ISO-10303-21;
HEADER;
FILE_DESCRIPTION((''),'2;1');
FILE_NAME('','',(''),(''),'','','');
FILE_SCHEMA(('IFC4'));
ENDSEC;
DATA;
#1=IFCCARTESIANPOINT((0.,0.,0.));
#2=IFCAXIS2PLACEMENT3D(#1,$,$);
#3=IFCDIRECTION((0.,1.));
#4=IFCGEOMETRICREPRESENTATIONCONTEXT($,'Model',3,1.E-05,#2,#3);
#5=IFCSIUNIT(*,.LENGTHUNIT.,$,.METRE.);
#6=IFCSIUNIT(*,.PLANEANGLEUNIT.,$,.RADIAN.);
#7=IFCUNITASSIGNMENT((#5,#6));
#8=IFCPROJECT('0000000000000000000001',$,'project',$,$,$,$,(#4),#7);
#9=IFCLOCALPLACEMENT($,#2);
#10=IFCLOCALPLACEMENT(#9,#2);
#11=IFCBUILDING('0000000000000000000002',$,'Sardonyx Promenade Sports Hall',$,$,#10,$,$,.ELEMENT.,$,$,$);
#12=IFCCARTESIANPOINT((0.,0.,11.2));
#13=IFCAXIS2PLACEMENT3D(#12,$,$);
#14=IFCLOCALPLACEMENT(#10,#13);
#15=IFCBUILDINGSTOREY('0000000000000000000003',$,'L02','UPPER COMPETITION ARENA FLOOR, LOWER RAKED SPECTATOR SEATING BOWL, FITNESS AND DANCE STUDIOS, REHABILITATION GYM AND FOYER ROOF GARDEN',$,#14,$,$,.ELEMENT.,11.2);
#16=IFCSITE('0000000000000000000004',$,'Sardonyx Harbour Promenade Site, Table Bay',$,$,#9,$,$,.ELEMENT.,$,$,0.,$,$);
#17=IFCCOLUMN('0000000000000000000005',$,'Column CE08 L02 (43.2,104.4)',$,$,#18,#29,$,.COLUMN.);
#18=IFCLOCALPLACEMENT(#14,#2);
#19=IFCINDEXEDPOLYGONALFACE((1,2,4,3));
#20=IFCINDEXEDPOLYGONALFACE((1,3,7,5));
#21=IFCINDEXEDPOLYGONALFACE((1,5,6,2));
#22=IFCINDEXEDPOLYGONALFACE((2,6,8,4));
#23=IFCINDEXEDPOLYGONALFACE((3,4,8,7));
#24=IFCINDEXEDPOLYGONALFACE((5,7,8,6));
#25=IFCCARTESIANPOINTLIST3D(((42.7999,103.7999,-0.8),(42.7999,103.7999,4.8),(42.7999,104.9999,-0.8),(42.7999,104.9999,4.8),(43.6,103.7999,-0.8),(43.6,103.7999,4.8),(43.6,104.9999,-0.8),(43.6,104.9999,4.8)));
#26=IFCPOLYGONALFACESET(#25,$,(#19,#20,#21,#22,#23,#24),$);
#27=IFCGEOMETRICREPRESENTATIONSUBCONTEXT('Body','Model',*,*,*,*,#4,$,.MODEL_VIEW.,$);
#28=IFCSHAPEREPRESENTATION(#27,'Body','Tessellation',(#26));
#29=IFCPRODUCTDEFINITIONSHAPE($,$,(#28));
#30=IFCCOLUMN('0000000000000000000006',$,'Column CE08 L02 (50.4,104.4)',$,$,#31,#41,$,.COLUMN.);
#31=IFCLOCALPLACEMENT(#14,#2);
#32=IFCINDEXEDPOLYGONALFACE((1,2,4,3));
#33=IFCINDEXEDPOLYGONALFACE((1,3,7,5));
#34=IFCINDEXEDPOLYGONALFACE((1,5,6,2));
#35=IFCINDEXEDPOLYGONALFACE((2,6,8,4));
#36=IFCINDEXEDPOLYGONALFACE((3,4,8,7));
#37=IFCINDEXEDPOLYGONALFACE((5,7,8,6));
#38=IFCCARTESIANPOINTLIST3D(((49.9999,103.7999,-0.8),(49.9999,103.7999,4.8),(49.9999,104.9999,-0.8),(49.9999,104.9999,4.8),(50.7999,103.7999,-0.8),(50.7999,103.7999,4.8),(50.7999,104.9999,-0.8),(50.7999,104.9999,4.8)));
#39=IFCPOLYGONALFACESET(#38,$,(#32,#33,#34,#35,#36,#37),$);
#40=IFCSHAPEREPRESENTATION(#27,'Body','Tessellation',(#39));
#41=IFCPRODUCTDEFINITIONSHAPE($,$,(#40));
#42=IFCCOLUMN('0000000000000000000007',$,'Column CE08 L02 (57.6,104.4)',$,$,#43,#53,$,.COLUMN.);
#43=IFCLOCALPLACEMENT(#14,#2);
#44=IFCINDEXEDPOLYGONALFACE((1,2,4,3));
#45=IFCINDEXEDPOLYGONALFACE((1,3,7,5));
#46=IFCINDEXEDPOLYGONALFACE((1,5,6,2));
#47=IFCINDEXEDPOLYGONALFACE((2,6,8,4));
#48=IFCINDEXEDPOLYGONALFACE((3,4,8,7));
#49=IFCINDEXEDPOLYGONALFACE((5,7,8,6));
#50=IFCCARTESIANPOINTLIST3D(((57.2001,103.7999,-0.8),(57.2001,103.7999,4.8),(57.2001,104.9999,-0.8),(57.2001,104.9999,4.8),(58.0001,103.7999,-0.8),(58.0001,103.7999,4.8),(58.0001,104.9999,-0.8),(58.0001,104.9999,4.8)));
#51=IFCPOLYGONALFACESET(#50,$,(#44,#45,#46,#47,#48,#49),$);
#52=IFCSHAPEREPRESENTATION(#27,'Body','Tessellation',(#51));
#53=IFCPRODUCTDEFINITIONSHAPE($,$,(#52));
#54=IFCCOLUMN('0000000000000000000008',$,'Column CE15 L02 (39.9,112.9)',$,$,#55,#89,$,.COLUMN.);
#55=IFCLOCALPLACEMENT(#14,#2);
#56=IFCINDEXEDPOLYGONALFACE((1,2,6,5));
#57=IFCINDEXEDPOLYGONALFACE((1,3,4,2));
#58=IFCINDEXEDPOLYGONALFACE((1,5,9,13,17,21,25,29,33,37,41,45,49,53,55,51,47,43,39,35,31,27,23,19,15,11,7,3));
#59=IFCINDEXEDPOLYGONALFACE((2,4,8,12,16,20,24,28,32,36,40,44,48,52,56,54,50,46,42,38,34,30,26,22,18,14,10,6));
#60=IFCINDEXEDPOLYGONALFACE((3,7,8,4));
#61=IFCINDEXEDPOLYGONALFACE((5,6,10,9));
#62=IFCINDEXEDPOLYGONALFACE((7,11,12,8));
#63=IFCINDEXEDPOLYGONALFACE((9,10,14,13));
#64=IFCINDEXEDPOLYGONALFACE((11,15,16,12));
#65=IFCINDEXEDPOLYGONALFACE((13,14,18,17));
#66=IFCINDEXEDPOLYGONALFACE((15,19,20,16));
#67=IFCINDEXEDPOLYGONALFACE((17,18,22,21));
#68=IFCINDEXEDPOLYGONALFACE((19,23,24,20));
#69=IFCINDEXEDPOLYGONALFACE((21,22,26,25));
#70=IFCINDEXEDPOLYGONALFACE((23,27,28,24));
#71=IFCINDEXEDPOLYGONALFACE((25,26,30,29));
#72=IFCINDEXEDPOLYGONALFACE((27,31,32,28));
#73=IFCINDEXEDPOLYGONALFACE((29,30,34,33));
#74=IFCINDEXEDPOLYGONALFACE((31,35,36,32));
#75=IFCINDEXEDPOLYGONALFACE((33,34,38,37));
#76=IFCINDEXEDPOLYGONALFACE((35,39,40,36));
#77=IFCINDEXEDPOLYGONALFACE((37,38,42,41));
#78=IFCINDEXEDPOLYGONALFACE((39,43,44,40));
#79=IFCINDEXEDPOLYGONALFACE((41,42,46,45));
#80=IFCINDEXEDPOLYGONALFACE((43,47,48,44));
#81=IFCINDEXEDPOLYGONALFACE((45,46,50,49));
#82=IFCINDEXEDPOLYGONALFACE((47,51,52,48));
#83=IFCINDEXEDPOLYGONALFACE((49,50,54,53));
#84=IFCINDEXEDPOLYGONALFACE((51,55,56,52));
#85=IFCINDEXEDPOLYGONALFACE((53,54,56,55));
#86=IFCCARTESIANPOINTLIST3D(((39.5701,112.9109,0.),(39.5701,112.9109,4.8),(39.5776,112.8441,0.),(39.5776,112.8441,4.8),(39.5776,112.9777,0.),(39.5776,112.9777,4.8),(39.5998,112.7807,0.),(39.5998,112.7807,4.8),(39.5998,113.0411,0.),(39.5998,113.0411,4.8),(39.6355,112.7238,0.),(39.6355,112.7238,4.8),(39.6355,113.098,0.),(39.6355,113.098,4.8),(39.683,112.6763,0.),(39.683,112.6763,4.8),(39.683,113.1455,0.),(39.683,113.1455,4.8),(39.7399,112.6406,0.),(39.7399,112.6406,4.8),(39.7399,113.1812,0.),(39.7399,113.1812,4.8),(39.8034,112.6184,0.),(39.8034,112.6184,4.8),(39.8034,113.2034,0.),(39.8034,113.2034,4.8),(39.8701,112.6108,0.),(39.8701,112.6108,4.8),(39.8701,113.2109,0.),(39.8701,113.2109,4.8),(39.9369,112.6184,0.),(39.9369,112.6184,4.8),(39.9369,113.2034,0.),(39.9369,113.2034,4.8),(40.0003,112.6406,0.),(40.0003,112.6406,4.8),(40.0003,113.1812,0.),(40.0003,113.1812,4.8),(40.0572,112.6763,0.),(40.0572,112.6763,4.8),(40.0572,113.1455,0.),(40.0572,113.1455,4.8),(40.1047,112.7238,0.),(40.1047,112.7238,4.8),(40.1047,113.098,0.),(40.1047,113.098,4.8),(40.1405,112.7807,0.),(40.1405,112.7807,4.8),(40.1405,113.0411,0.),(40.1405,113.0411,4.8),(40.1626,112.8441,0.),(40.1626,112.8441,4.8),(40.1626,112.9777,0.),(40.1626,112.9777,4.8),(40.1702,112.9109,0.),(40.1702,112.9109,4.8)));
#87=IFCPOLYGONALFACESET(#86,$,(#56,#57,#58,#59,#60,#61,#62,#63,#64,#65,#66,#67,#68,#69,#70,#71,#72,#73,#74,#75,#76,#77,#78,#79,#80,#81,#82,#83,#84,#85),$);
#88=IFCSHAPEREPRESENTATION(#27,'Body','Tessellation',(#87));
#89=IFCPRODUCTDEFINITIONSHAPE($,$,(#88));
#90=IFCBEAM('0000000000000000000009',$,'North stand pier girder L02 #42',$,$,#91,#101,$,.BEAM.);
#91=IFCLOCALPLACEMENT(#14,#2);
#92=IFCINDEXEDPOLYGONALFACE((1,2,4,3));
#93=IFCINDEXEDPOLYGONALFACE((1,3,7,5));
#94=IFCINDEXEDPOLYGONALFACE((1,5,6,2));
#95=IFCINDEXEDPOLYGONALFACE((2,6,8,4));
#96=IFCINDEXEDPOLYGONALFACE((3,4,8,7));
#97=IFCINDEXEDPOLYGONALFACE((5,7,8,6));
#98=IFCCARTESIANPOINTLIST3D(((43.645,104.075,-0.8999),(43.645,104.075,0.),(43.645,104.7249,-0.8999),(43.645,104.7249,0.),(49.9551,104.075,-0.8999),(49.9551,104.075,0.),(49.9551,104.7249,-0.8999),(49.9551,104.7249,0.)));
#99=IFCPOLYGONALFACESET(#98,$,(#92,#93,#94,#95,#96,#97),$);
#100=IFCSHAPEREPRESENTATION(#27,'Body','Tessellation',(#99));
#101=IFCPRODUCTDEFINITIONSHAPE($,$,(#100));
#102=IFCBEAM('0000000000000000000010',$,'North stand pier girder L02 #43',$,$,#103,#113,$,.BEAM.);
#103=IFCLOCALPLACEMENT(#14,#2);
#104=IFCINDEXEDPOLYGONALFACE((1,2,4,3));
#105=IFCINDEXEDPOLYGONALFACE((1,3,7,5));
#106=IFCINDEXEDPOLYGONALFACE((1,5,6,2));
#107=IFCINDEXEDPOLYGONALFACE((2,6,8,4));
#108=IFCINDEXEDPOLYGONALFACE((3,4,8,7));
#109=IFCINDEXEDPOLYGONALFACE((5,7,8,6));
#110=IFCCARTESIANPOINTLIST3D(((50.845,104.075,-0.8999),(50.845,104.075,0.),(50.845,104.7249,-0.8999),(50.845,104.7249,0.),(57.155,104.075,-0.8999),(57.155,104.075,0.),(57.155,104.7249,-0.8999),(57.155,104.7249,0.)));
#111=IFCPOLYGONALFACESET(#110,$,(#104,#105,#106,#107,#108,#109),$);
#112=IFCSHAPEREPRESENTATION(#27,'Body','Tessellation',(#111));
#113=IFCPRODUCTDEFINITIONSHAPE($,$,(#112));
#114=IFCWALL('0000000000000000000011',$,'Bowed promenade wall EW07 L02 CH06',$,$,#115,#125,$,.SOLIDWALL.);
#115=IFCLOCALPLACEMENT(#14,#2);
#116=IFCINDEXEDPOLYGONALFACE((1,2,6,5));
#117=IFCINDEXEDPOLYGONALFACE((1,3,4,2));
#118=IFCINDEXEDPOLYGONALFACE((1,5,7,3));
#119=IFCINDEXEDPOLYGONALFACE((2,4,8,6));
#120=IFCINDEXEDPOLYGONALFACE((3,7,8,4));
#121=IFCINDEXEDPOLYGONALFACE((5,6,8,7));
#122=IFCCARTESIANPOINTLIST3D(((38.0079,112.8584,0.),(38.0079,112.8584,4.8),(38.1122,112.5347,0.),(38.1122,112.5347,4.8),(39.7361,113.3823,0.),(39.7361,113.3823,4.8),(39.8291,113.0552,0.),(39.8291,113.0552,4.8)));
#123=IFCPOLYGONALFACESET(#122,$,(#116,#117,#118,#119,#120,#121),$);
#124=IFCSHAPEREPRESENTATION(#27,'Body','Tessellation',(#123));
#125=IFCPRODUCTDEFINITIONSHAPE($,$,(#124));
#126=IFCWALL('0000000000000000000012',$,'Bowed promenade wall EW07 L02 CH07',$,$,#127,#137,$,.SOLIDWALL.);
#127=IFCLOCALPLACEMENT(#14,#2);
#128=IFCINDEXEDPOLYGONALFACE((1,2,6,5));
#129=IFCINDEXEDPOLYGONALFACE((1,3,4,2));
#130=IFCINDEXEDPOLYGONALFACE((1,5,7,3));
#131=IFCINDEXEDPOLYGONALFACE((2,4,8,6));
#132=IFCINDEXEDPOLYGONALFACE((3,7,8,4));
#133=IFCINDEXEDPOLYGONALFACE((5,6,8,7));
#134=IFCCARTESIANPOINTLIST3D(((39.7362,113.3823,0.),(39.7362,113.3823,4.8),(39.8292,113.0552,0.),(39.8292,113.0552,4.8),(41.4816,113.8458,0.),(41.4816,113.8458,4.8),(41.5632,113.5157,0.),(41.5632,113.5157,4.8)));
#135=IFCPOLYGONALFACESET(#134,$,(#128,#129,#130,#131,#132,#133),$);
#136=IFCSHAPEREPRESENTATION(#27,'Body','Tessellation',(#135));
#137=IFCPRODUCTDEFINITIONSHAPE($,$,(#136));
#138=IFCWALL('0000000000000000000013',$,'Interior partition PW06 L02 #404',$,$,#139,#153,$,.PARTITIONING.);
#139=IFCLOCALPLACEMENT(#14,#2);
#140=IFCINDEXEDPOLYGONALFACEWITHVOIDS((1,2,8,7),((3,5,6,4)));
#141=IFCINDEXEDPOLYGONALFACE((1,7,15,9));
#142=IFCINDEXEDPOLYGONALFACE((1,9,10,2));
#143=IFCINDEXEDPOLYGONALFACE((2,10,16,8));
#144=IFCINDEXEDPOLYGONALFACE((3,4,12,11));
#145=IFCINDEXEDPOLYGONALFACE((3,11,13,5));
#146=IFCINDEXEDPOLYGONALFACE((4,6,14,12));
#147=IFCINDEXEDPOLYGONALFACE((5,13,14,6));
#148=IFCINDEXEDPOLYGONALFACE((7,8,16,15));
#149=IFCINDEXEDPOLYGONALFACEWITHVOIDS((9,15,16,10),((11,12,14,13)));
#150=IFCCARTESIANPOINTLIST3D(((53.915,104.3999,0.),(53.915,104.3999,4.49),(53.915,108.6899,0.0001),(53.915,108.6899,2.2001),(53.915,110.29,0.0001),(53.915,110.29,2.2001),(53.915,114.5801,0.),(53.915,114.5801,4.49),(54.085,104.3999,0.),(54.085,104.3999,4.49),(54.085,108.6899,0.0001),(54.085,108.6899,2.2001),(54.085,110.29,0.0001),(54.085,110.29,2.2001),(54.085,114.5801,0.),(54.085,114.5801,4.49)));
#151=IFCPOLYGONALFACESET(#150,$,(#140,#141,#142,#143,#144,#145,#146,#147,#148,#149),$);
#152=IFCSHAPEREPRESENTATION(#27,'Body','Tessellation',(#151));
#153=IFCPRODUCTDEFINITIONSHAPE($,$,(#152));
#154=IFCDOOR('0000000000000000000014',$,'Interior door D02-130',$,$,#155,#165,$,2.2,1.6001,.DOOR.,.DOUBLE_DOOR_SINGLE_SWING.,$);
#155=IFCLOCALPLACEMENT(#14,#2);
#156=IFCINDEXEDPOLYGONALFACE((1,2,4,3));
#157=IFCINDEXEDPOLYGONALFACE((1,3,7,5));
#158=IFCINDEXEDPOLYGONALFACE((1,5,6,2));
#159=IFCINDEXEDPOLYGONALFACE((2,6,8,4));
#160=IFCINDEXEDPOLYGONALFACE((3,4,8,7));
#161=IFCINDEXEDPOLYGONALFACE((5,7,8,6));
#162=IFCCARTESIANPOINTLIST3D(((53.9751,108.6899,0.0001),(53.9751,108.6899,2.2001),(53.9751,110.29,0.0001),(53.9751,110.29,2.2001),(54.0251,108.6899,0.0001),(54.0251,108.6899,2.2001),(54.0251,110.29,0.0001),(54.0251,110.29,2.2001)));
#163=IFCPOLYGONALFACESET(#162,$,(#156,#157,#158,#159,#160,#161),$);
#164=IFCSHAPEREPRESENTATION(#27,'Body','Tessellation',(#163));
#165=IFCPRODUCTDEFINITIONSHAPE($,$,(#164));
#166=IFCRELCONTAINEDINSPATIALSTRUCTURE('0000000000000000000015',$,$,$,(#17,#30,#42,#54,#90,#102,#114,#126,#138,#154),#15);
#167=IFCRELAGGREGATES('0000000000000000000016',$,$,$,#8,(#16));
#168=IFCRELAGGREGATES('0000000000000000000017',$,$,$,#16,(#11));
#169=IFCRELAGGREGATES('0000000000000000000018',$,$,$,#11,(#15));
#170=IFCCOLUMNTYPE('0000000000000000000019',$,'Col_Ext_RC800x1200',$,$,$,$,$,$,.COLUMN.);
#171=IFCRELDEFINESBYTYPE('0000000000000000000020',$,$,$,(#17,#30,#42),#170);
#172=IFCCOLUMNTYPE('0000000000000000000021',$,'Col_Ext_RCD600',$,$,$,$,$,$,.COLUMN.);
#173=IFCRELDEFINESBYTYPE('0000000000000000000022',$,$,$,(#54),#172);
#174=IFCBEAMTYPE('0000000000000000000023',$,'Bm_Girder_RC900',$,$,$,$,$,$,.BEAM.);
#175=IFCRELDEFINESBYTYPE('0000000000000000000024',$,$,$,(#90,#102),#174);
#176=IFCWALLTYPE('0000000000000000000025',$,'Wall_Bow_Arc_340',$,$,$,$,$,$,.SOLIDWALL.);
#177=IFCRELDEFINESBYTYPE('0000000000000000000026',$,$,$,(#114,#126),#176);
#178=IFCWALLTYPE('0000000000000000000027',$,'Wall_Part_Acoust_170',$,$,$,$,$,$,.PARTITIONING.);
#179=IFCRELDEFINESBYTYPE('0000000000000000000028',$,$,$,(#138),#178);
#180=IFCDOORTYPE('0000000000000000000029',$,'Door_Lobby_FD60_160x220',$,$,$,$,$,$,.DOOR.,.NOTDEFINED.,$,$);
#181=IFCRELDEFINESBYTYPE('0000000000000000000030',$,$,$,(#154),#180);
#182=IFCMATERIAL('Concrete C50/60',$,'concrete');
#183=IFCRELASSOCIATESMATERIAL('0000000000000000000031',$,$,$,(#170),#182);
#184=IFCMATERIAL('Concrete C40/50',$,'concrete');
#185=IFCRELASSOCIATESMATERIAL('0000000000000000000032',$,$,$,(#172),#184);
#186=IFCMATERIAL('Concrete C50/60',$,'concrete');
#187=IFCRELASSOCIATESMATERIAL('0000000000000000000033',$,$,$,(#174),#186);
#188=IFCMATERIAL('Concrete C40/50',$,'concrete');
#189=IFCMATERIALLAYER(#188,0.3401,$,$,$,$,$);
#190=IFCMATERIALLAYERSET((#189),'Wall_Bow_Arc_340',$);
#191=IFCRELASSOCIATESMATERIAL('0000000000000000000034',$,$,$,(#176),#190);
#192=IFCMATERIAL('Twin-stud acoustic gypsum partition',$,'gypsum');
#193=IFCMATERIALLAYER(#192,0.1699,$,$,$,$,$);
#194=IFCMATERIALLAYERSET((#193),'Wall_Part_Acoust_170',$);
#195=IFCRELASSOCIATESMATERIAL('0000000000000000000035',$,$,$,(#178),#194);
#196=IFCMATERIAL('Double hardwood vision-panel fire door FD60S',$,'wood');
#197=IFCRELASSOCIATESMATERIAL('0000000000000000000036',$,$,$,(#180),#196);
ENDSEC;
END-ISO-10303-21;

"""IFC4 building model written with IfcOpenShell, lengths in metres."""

from ifc_helpers import new_model, si_unit, direction, frame, frame_2d, origin, origin_2d, place, context, subcontext, project, spatial, polyline, rectangle, circle, outline, extrude, material, layer, layer_set, material_profile, profile_set, type_object, element, fill, save


model = new_model("IFC4")

# Units and contexts
model_context = context("Model", 3, precision=1e-05, world=origin(), true_north=direction((0.0, 1.0)))
body_context = subcontext(model_context, "Body", "Model", "MODEL_VIEW")
ifc_project = project(units=[si_unit("LENGTHUNIT", "METRE"), si_unit("PLANEANGLEUNIT", "RADIAN")], contexts=[model_context])

# Site, building, storey
site_placement = place(None, origin())
site = spatial("IfcSite", under=ifc_project, at=site_placement, Name="Sardonyx Harbour Promenade Site, Table Bay", CompositionType="ELEMENT", RefElevation=0.0)
building_placement = place(site_placement, origin())
building = spatial("IfcBuilding", under=site, at=building_placement, Name="Sardonyx Promenade Sports Hall", CompositionType="ELEMENT")
storey_placement = place(building_placement, frame((0.0, 0.0, 11.2)))
storey = spatial("IfcBuildingStorey", under=building, at=storey_placement, Name="L02", Description="UPPER COMPETITION ARENA FLOOR, LOWER RAKED SPECTATOR SEATING BOWL, FITNESS AND DANCE STUDIOS, REHABILITATION GYM AND FOYER ROOF GARDEN", CompositionType="ELEMENT", Elevation=11.2)

# Columns
ifc_material_1 = material(Name="Concrete C50/60", Category="concrete")
ifc_material_profile_1 = material_profile(ifc_material_1, rectangle(XDim=0.8, YDim=1.2, at=origin_2d()))
ifc_profile_set_1 = profile_set([ifc_material_profile_1], Name="Concrete C50/60")
column_type_1 = type_object("IfcColumnType", Name="Col_Ext_RC800x1200", PredefinedType="COLUMN", material=ifc_profile_set_1)
for number, where, z_axis, x_axis, name in (
    (1, (43.2, 104.3999, -0.8), (0.0, 0.0, 1.0), (1.0, 0.0, 0.0), "Column CE08 L02 (43.2,104.4)"),
    (2, (50.3999, 104.3999, -0.8), (0.0, 0.0, 1.0), (1.0, 0.0, 0.0), "Column CE08 L02 (50.4,104.4)"),
    (3, (57.6001, 104.3999, -0.8), (0.0, 0.0, 1.0), (1.0, 0.0, 0.0), "Column CE08 L02 (57.6,104.4)"),
):
    element("IfcColumn", number, at=place(storey_placement, frame(where, z_axis=z_axis, x_axis=x_axis)), inside=storey, type_object=column_type_1, Name=name, PredefinedType="COLUMN", context=body_context, shape_type="SweptSolid", body=[
        extrude(rectangle(XDim=0.8, YDim=1.2, at=origin_2d()), origin(), (0.0, 0.0, 1.0), 5.6001),
    ])
ifc_material_2 = material(Name="Concrete C40/50", Category="concrete")
ifc_material_profile_2 = material_profile(ifc_material_2, circle(Radius=0.3, at=origin_2d()))
ifc_profile_set_2 = profile_set([ifc_material_profile_2], Name="Concrete C40/50")
column_type_2 = type_object("IfcColumnType", Name="Col_Ext_RCD600", PredefinedType="COLUMN", material=ifc_profile_set_2)
column_placement = place(storey_placement, frame((39.8701, 112.9109, 0.0), z_axis=(0.0, 0.0, 1.0), x_axis=(1.0, 0.0, 0.0)))
element("IfcColumn", 4, at=column_placement, inside=storey, type_object=column_type_2, Name="Column CE15 L02 (39.9,112.9)", PredefinedType="COLUMN", context=body_context, shape_type="SweptSolid", body=[
    extrude(circle(Radius=0.3, at=origin_2d()), origin(), (0.0, 0.0, 1.0), 4.8),
])

# Beams
ifc_material_3 = material(Name="Concrete C50/60", Category="concrete")
ifc_material_profile_3 = material_profile(ifc_material_3, rectangle(XDim=0.6499, YDim=0.8999, at=origin_2d()))
ifc_profile_set_3 = profile_set([ifc_material_profile_3], Name="Concrete C50/60")
beam_type = type_object("IfcBeamType", Name="Bm_Girder_RC900", PredefinedType="BEAM", material=ifc_profile_set_3)
for number, where, z_axis, x_axis, name in (
    (5, (43.645, 104.3999, -0.45), (1.0, 0.0, 0.0), (0.0, 1.0, 0.0), "North stand pier girder L02 #42"),
    (6, (50.845, 104.3999, -0.45), (1.0, 0.0, 0.0), (0.0, 1.0, 0.0), "North stand pier girder L02 #43"),
):
    element("IfcBeam", number, at=place(storey_placement, frame(where, z_axis=z_axis, x_axis=x_axis)), inside=storey, type_object=beam_type, Name=name, PredefinedType="BEAM", context=body_context, shape_type="SweptSolid", body=[
        extrude(rectangle(XDim=0.6499, YDim=0.8999, at=origin_2d()), origin(), (0.0, 0.0, 1.0), 6.3101),
    ])

# Walls
ifc_material_4 = material(Name="Concrete C40/50", Category="concrete")
ifc_layer_1 = layer(ifc_material_4, 0.3401)
ifc_layer_set_1 = layer_set([ifc_layer_1], Name="Wall_Bow_Arc_340")
wall_type_1 = type_object("IfcWallType", Name="Wall_Bow_Arc_340", PredefinedType="SOLIDWALL", material=ifc_layer_set_1)
wall_1_placement = place(storey_placement, frame((38.0601, 112.6965, 0.0), z_axis=(0.0, 0.0, 1.0), x_axis=(0.956994, 0.290109, 0.0)))
element("IfcWall", 7, at=wall_1_placement, inside=storey, type_object=wall_type_1, Name="Bowed promenade wall EW07 L02 CH06", PredefinedType="SOLIDWALL", context=body_context, shape_type="SweptSolid", body=[
    extrude(outline(polyline([(0.0029, -0.17), (1.7971, -0.17), (1.8029, 0.17), (-0.0029, 0.17), (0.0029, -0.17)])), origin(), (0.0, 0.0, 1.0), 4.8),
])
wall_2_placement = place(storey_placement, frame((39.7827, 113.2188, 0.0), z_axis=(0.0, 0.0, 1.0), x_axis=(0.966505, 0.256649, 0.0)))
element("IfcWall", 8, at=wall_2_placement, inside=storey, type_object=wall_type_1, Name="Bowed promenade wall EW07 L02 CH07", PredefinedType="SOLIDWALL", context=body_context, shape_type="SweptSolid", body=[
    extrude(outline(polyline([(0.0029, -0.17), (1.7971, -0.17), (1.8029, 0.17), (-0.0029, 0.17), (0.0029, -0.17)])), origin(), (0.0, 0.0, 1.0), 4.8),
])

# Wall, opening, door
ifc_material_5 = material(Name="Twin-stud acoustic gypsum partition", Category="gypsum")
ifc_layer_2 = layer(ifc_material_5, 0.1699)
ifc_layer_set_2 = layer_set([ifc_layer_2], Name="Wall_Part_Acoust_170")
wall_type_2 = type_object("IfcWallType", Name="Wall_Part_Acoust_170", PredefinedType="PARTITIONING", material=ifc_layer_set_2)
wall_3_placement = place(storey_placement, frame((54.0, 104.3999, 0.0), z_axis=(0.0, 0.0, 1.0), x_axis=(0.0, 1.0, 0.0)))
wall_3 = element("IfcWall", 9, at=wall_3_placement, inside=storey, type_object=wall_type_2, Name="Interior partition PW06 L02 #404", PredefinedType="PARTITIONING", context=body_context, shape_type="SweptSolid", body=[
    extrude(rectangle(XDim=10.1802, YDim=0.1699, at=frame_2d((5.0901, 0.0))), origin(), (0.0, 0.0, 1.0), 4.49),
])
opening_1_placement = place(wall_3_placement, frame((4.29, 0.0, 0.0)))
opening_1 = element("IfcOpeningElement", 10, at=opening_1_placement, cuts=wall_3, PredefinedType="OPENING", context=body_context, shape_type="SweptSolid", body=[
    extrude(rectangle(XDim=1.6001, YDim=2.2, at=frame_2d((0.8, 1.1001))), frame((0.0, 0.095, 0.0), z_axis=(0.0, -1.0, 0.0), x_axis=(1.0, 0.0, 0.0)), (0.0, 0.0, 1.0), 0.19),
])
ifc_material_6 = material(Name="Double hardwood vision-panel fire door FD60S", Category="wood")
door_type = type_object("IfcDoorType", Name="Door_Lobby_FD60_160x220", OperationType="NOTDEFINED", PredefinedType="DOOR", material=ifc_material_6)
door_placement = place(opening_1_placement, origin())
door = element("IfcDoor", 11, at=door_placement, inside=storey, type_object=door_type, Name="Interior door D02-130", OperationType="DOUBLE_DOOR_SINGLE_SWING", OverallHeight=2.2, OverallWidth=1.6001, PredefinedType="DOOR", context=body_context, shape_type="SweptSolid", body=[
    extrude(rectangle(XDim=1.6001, YDim=2.2, at=frame_2d((0.8, 1.1001))), frame((0.0, 0.0249, 0.0), z_axis=(0.0, -1.0, 0.0), x_axis=(1.0, 0.0, 0.0)), (0.0, 0.0, 1.0), 0.05),
])
fill(opening_1, door)

save(model, "model.ifc")
